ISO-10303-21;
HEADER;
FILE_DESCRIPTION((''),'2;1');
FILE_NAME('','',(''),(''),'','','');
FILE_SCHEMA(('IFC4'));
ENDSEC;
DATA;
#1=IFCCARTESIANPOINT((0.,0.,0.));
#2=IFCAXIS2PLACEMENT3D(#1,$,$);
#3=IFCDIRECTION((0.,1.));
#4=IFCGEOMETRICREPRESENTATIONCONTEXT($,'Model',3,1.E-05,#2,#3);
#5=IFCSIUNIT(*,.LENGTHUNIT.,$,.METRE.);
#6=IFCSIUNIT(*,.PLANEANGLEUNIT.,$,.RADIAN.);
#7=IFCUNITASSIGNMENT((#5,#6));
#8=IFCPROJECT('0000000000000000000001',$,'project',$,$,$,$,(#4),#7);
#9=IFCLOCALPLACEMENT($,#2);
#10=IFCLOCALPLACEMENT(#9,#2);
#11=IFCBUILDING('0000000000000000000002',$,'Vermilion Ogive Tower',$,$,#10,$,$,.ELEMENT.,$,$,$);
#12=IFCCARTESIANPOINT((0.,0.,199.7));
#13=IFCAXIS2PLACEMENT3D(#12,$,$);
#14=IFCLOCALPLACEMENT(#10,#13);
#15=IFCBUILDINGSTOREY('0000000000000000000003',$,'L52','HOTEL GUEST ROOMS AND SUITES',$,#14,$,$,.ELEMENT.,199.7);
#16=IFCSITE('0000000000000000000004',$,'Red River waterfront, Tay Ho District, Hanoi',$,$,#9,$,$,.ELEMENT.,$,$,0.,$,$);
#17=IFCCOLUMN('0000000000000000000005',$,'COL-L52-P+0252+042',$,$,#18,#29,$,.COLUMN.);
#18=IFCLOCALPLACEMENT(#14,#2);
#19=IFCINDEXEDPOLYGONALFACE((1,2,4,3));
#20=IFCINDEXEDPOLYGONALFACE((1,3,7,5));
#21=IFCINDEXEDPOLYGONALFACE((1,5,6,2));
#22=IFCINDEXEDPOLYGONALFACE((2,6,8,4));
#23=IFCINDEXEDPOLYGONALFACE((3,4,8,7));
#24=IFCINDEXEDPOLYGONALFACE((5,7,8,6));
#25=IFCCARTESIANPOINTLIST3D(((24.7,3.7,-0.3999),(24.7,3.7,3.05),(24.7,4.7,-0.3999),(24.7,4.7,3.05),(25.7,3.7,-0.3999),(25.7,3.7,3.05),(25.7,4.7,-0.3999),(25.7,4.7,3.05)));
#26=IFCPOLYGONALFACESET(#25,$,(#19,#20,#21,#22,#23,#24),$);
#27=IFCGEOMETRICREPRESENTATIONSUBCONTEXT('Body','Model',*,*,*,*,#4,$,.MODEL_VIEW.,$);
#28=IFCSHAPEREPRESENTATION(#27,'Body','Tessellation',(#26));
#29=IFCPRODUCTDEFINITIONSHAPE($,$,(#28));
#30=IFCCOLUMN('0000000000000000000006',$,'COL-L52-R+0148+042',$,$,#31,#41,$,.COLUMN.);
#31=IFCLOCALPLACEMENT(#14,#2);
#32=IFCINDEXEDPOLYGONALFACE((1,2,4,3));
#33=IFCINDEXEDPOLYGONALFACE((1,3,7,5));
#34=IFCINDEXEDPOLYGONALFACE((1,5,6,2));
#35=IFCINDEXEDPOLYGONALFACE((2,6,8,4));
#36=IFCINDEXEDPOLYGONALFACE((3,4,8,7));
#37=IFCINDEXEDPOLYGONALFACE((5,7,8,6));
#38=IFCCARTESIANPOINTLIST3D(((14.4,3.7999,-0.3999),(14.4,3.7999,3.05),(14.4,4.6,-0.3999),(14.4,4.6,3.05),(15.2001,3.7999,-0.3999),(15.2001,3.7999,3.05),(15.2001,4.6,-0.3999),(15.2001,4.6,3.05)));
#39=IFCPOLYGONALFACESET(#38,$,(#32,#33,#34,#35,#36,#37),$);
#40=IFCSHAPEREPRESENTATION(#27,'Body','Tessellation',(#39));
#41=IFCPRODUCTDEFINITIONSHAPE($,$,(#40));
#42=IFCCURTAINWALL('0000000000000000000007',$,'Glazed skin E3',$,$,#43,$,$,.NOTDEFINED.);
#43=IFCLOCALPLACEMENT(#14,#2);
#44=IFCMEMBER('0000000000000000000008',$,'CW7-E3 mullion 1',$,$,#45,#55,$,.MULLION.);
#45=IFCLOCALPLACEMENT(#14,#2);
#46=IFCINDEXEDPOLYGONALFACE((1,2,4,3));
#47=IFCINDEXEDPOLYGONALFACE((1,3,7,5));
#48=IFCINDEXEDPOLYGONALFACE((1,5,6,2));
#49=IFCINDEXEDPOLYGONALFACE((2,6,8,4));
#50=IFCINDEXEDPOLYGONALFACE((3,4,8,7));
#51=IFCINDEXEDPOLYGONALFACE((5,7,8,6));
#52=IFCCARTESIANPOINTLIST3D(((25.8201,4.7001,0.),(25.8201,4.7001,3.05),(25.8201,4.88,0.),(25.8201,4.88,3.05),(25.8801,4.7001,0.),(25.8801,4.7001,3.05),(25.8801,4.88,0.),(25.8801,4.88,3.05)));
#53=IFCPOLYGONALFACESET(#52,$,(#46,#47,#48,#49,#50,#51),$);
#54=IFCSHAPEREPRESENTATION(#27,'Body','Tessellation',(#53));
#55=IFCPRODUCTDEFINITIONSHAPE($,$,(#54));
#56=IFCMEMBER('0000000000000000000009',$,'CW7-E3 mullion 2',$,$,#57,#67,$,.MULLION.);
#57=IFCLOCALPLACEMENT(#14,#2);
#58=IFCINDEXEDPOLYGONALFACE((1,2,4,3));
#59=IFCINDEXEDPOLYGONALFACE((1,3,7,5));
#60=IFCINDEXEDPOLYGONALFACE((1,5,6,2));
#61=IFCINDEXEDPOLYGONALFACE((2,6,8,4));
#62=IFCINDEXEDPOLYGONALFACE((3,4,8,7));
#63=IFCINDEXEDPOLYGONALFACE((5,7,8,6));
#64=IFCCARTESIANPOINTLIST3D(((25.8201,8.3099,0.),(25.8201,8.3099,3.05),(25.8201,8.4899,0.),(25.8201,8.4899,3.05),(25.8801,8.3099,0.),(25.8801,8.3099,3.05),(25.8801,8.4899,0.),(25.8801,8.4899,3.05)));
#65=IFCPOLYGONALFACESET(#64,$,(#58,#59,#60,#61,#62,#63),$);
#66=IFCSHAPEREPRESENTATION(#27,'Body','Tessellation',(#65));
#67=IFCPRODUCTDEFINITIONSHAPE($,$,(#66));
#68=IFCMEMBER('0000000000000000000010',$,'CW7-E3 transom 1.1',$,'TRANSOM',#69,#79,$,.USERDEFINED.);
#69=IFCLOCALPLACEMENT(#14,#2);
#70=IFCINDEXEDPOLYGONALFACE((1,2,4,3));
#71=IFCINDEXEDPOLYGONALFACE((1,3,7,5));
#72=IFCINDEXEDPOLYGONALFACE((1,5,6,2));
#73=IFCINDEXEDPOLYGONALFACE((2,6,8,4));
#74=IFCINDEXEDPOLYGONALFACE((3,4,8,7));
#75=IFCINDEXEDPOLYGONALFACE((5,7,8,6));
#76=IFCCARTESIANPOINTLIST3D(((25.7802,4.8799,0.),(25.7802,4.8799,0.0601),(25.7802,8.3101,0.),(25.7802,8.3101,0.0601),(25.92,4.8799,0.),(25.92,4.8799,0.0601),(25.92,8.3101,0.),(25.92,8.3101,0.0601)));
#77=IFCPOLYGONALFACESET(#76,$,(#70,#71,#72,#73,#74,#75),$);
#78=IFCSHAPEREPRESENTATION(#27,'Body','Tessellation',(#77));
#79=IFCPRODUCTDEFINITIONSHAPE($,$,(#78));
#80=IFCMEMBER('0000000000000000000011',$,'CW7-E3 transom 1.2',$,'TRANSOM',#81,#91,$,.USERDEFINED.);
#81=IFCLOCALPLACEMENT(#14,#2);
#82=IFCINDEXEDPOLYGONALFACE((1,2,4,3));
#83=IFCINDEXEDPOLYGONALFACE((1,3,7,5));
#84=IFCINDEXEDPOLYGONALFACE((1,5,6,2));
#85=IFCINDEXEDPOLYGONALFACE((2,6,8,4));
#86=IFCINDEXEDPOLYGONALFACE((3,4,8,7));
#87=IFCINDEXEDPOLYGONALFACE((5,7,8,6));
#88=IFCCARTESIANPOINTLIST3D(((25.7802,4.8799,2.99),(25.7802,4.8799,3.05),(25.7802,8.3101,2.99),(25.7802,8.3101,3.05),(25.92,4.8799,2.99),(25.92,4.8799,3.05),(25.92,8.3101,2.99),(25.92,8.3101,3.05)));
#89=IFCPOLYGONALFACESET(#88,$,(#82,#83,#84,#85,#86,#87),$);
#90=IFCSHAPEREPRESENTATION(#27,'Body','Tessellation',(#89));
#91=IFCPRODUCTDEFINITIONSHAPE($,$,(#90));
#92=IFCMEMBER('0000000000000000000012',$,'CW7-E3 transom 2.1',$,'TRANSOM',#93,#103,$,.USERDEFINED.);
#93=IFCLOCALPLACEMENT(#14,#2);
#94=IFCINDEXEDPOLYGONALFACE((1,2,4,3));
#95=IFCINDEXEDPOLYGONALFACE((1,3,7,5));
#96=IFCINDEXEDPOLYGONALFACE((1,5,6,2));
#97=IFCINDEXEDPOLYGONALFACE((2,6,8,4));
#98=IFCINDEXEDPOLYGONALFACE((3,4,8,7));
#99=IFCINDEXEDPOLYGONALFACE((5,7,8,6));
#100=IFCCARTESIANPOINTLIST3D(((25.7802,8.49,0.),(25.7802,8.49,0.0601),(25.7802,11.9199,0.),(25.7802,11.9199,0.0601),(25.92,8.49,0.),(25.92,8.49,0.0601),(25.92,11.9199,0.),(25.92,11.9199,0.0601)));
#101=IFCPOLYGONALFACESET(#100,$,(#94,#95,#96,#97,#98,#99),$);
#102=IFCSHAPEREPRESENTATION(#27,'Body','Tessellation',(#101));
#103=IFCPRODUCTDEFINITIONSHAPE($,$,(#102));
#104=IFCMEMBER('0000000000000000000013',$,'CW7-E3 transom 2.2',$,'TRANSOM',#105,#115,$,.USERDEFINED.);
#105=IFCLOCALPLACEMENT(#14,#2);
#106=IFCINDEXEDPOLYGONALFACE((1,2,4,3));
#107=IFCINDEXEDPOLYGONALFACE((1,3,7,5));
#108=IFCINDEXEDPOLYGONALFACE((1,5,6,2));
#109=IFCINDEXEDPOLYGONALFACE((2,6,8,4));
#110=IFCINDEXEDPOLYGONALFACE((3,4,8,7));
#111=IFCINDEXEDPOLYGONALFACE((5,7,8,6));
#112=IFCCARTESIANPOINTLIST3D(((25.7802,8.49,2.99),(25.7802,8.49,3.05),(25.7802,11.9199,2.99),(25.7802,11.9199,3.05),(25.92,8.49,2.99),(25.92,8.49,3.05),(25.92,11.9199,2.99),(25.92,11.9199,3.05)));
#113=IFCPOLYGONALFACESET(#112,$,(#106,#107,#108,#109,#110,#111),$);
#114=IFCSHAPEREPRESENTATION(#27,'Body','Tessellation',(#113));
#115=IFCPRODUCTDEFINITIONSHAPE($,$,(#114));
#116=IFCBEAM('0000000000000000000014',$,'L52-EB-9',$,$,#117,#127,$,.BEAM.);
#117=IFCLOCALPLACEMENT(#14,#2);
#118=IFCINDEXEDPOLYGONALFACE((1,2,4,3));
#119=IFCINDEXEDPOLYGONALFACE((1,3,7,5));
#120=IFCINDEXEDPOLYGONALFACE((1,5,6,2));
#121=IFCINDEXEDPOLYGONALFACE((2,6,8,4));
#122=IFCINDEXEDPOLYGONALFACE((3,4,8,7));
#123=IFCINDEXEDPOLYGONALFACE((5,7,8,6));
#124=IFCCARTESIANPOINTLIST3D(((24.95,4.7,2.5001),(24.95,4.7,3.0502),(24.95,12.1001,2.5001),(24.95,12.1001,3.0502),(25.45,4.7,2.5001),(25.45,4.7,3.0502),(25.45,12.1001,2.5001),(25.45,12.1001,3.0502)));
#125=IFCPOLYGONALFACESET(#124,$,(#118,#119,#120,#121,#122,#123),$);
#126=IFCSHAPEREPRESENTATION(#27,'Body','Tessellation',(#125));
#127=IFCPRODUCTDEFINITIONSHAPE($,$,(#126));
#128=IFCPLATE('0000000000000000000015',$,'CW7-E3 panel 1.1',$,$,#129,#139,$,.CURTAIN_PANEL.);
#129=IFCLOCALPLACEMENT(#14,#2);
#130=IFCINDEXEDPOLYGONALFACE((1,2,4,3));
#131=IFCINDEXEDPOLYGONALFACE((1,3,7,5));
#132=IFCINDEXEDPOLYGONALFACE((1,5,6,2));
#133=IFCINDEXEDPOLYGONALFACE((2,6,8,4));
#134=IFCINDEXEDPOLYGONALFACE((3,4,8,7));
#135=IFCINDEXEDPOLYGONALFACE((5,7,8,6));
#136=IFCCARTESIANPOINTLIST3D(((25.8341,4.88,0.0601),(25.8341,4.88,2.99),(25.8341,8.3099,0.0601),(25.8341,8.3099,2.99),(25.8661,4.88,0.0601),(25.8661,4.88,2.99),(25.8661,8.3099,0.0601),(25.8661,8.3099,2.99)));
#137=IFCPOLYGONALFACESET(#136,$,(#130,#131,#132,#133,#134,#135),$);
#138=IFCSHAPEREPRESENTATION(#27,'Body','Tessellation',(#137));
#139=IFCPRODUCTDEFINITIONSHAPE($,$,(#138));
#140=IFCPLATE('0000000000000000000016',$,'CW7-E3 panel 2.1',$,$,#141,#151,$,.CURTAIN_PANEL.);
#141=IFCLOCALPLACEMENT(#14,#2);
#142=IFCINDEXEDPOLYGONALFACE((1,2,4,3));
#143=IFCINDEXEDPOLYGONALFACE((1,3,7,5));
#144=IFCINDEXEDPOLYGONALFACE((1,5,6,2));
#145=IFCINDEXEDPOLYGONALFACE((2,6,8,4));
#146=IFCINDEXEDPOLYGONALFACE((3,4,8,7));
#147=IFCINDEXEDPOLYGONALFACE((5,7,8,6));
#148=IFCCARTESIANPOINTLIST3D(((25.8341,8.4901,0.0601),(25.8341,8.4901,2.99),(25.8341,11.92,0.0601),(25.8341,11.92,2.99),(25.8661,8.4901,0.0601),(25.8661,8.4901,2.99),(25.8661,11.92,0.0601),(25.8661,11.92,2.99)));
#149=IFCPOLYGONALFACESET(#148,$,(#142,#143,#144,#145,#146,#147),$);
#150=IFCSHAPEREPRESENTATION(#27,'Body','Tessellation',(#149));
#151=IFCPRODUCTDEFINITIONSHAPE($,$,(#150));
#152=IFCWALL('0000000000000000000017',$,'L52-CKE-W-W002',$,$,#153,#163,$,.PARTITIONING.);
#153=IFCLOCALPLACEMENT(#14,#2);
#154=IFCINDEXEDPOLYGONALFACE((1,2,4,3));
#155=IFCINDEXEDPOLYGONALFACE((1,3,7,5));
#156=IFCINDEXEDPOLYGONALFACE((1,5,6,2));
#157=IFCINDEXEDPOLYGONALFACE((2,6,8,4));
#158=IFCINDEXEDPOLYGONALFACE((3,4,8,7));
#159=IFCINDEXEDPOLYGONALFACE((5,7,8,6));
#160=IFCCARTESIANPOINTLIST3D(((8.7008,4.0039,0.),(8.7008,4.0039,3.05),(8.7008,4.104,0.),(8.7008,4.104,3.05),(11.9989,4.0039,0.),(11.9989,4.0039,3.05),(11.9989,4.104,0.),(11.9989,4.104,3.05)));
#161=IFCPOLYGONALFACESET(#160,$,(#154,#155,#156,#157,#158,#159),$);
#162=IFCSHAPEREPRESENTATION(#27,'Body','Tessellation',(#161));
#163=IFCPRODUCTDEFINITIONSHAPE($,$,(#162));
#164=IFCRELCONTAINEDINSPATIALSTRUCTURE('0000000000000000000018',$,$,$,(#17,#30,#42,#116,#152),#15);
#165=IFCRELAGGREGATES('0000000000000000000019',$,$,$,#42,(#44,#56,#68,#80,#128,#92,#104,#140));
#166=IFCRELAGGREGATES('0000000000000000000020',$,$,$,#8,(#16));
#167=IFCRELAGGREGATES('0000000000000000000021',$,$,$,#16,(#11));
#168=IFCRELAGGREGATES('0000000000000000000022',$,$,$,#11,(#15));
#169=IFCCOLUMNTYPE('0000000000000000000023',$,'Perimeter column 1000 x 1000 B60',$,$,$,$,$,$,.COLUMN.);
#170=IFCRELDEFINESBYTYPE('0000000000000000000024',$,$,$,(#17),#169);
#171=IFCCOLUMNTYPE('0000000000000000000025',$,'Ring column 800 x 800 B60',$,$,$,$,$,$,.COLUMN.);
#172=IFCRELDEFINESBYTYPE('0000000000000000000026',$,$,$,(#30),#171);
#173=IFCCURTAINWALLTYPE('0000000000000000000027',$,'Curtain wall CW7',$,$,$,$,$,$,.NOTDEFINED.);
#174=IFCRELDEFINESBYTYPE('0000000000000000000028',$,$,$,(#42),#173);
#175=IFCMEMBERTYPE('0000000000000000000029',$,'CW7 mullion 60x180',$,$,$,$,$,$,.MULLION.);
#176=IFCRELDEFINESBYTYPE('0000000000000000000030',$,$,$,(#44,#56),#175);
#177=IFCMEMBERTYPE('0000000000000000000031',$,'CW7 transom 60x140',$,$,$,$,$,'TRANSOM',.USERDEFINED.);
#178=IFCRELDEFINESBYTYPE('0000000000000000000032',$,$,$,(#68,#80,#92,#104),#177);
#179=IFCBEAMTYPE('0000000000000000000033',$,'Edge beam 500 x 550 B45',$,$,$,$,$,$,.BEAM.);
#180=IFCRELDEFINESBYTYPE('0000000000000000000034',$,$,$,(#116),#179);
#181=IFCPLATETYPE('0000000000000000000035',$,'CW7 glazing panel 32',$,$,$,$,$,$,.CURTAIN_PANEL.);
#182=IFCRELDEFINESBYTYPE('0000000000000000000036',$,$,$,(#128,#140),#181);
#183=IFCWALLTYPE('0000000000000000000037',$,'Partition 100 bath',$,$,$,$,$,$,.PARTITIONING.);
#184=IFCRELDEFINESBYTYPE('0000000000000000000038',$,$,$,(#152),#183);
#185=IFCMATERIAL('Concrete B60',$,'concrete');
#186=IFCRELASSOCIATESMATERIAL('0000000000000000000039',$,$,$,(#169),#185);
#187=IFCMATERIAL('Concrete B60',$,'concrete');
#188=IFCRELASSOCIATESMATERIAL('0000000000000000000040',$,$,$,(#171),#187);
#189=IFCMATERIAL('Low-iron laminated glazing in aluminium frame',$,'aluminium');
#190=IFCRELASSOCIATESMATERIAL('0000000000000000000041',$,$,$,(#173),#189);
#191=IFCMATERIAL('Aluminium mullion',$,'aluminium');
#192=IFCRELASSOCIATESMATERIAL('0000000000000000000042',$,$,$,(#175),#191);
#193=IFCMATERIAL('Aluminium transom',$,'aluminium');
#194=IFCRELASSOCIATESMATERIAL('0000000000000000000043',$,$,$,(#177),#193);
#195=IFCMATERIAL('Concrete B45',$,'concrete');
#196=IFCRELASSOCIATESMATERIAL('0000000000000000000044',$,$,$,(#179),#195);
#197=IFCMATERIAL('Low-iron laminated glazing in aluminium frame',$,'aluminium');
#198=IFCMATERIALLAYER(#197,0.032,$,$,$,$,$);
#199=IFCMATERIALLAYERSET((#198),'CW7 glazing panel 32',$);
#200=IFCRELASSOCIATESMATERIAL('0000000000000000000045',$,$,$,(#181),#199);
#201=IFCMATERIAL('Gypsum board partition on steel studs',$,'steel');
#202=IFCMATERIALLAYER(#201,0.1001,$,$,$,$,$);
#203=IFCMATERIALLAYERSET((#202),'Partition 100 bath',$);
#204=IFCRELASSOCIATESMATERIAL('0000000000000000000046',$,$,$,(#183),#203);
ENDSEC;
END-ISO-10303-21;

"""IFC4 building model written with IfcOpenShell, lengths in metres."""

from ifc_helpers import new_model, si_unit, direction, frame, frame_2d, origin, origin_2d, place, context, subcontext, project, spatial, rectangle, extrude, material, layer, layer_set, material_profile, profile_set, type_object, element, aggregate, save


model = new_model("IFC4")

# Units and contexts
model_context = context("Model", 3, precision=1e-05, world=origin(), true_north=direction((0.0, 1.0)))
body_context = subcontext(model_context, "Body", "Model", "MODEL_VIEW")
ifc_project = project(units=[si_unit("LENGTHUNIT", "METRE"), si_unit("PLANEANGLEUNIT", "RADIAN")], contexts=[model_context])

# Site, building, storey
site_placement = place(None, origin())
site = spatial("IfcSite", under=ifc_project, at=site_placement, Name="Red River waterfront, Tay Ho District, Hanoi", CompositionType="ELEMENT", RefElevation=0.0)
building_placement = place(site_placement, origin())
building = spatial("IfcBuilding", under=site, at=building_placement, Name="Vermilion Ogive Tower", CompositionType="ELEMENT")
storey_placement = place(building_placement, frame((0.0, 0.0, 199.7)))
storey = spatial("IfcBuildingStorey", under=building, at=storey_placement, Name="L52", Description="HOTEL GUEST ROOMS AND SUITES", CompositionType="ELEMENT", Elevation=199.7)

# Columns
ifc_material_1 = material(Name="Concrete B60", Category="concrete")
ifc_material_profile_1 = material_profile(ifc_material_1, rectangle(XDim=1.0, YDim=1.0, at=origin_2d()), Name="1000 x 1000")
ifc_profile_set_1 = profile_set([ifc_material_profile_1], Name="Concrete B60")
column_type_1 = type_object("IfcColumnType", Name="Perimeter column 1000 x 1000 B60", PredefinedType="COLUMN", material=ifc_profile_set_1)
column_1_placement = place(storey_placement, frame((25.2, 4.2, -0.3999), z_axis=(0.0, 0.0, 1.0), x_axis=(1.0, 0.0, 0.0)))
element("IfcColumn", 1, at=column_1_placement, inside=storey, type_object=column_type_1, Name="COL-L52-P+0252+042", PredefinedType="COLUMN", context=body_context, shape_type="SweptSolid", body=[
    extrude(rectangle(XDim=1.0, YDim=1.0, at=origin_2d()), origin(), (0.0, 0.0, 1.0), 3.45),
])
ifc_material_2 = material(Name="Concrete B60", Category="concrete")
ifc_material_profile_2 = material_profile(ifc_material_2, rectangle(XDim=0.8, YDim=0.8, at=origin_2d()), Name="800 x 800")
ifc_profile_set_2 = profile_set([ifc_material_profile_2], Name="Concrete B60")
column_type_2 = type_object("IfcColumnType", Name="Ring column 800 x 800 B60", PredefinedType="COLUMN", material=ifc_profile_set_2)
column_2_placement = place(storey_placement, frame((14.8, 4.2, -0.3999), z_axis=(0.0, 0.0, 1.0), x_axis=(1.0, 0.0, 0.0)))
element("IfcColumn", 2, at=column_2_placement, inside=storey, type_object=column_type_2, Name="COL-L52-R+0148+042", PredefinedType="COLUMN", context=body_context, shape_type="SweptSolid", body=[
    extrude(rectangle(XDim=0.8, YDim=0.8, at=origin_2d()), origin(), (0.0, 0.0, 1.0), 3.45),
])

# Curtain wall, members
ifc_material_3 = material(Name="Low-iron laminated glazing in aluminium frame", Category="aluminium")
curtain_wall_type = type_object("IfcCurtainWallType", Name="Curtain wall CW7", PredefinedType="NOTDEFINED", material=ifc_material_3)
curtain_wall_placement = place(storey_placement, origin())
curtain_wall = element("IfcCurtainWall", 3, at=curtain_wall_placement, inside=storey, type_object=curtain_wall_type, Name="Glazed skin E3", PredefinedType="NOTDEFINED")
ifc_material_4 = material(Name="Aluminium mullion", Category="aluminium")
ifc_material_profile_3 = material_profile(ifc_material_4, rectangle(XDim=0.0601, YDim=0.1799, at=origin_2d()), Name="AL 60x180")
ifc_profile_set_3 = profile_set([ifc_material_profile_3], Name="Aluminium mullion")
member_type_1 = type_object("IfcMemberType", Name="CW7 mullion 60x180", PredefinedType="MULLION", material=ifc_profile_set_3)
member_1_placement = place(storey_placement, frame((25.8501, 4.79, 0.0), z_axis=(0.0, 0.0, 1.0), x_axis=(-1.0, 0.0, 0.0)))
member_1 = element("IfcMember", 4, at=member_1_placement, type_object=member_type_1, Name="CW7-E3 mullion 1", PredefinedType="MULLION", context=body_context, shape_type="SweptSolid", body=[
    extrude(rectangle(XDim=0.0601, YDim=0.1799, at=origin_2d()), origin(), (0.0, 0.0, 1.0), 3.05),
])
member_2_placement = place(storey_placement, frame((25.8501, 8.3999, 0.0), z_axis=(0.0, 0.0, 1.0), x_axis=(-1.0, 0.0, 0.0)))
member_2 = element("IfcMember", 5, at=member_2_placement, type_object=member_type_1, Name="CW7-E3 mullion 2", PredefinedType="MULLION", context=body_context, shape_type="SweptSolid", body=[
    extrude(rectangle(XDim=0.0601, YDim=0.1799, at=origin_2d()), origin(), (0.0, 0.0, 1.0), 3.05),
])
ifc_material_5 = material(Name="Aluminium transom", Category="aluminium")
ifc_material_profile_4 = material_profile(ifc_material_5, rectangle(XDim=0.1399, YDim=0.0601, at=origin_2d()), Name="AL 60x140")
ifc_profile_set_4 = profile_set([ifc_material_profile_4], Name="Aluminium transom")
member_type_2 = type_object("IfcMemberType", Name="CW7 transom 60x140", ElementType="TRANSOM", PredefinedType="USERDEFINED", material=ifc_profile_set_4)
member_3_placement = place(storey_placement, frame((25.8501, 4.8799, 0.03), z_axis=(0.0, 1.0, 0.0), x_axis=(-1.0, 0.0, 0.0)))
member_3 = element("IfcMember", 6, at=member_3_placement, type_object=member_type_2, Name="CW7-E3 transom 1.1", ObjectType="TRANSOM", PredefinedType="USERDEFINED", context=body_context, shape_type="SweptSolid", body=[
    extrude(rectangle(XDim=0.1399, YDim=0.0601, at=origin_2d()), origin(), (0.0, 0.0, 1.0), 3.4302),
])
member_4_placement = place(storey_placement, frame((25.8501, 4.8799, 3.02), z_axis=(0.0, 1.0, 0.0), x_axis=(-1.0, 0.0, 0.0)))
member_4 = element("IfcMember", 7, at=member_4_placement, type_object=member_type_2, Name="CW7-E3 transom 1.2", ObjectType="TRANSOM", PredefinedType="USERDEFINED", context=body_context, shape_type="SweptSolid", body=[
    extrude(rectangle(XDim=0.1399, YDim=0.0601, at=origin_2d()), origin(), (0.0, 0.0, 1.0), 3.4302),
])
member_5_placement = place(storey_placement, frame((25.8501, 8.49, 0.03), z_axis=(0.0, 1.0, 0.0), x_axis=(-1.0, 0.0, 0.0)))
member_5 = element("IfcMember", 8, at=member_5_placement, type_object=member_type_2, Name="CW7-E3 transom 2.1", ObjectType="TRANSOM", PredefinedType="USERDEFINED", context=body_context, shape_type="SweptSolid", body=[
    extrude(rectangle(XDim=0.1399, YDim=0.0601, at=origin_2d()), origin(), (0.0, 0.0, 1.0), 3.4299),
])
member_6_placement = place(storey_placement, frame((25.8501, 8.49, 3.02), z_axis=(0.0, 1.0, 0.0), x_axis=(-1.0, 0.0, 0.0)))
member_6 = element("IfcMember", 9, at=member_6_placement, type_object=member_type_2, Name="CW7-E3 transom 2.2", ObjectType="TRANSOM", PredefinedType="USERDEFINED", context=body_context, shape_type="SweptSolid", body=[
    extrude(rectangle(XDim=0.1399, YDim=0.0601, at=origin_2d()), origin(), (0.0, 0.0, 1.0), 3.4299),
])

# Beam
ifc_material_6 = material(Name="Concrete B45", Category="concrete")
ifc_material_profile_5 = material_profile(ifc_material_6, rectangle(XDim=0.5, YDim=0.55, at=origin_2d()), Name="500 x 550")
ifc_profile_set_5 = profile_set([ifc_material_profile_5], Name="Concrete B45")
beam_type = type_object("IfcBeamType", Name="Edge beam 500 x 550 B45", PredefinedType="BEAM", material=ifc_profile_set_5)
beam_placement = place(storey_placement, frame((25.2, 4.7, 2.7751), z_axis=(0.0, 1.0, 0.0), x_axis=(-1.0, 0.0, 0.0)))
element("IfcBeam", 10, at=beam_placement, inside=storey, type_object=beam_type, Name="L52-EB-9", PredefinedType="BEAM", context=body_context, shape_type="SweptSolid", body=[
    extrude(rectangle(XDim=0.5, YDim=0.55, at=origin_2d()), origin(), (0.0, 0.0, 1.0), 7.4001),
])

# Plates
ifc_material_7 = material(Name="Low-iron laminated glazing in aluminium frame", Category="aluminium")
ifc_layer_1 = layer(ifc_material_7, 0.032)
ifc_layer_set_1 = layer_set([ifc_layer_1], Name="CW7 glazing panel 32")
plate_type = type_object("IfcPlateType", Name="CW7 glazing panel 32", PredefinedType="CURTAIN_PANEL", material=ifc_layer_set_1)
plate_1_placement = place(storey_placement, frame((25.8501, 6.595, 0.0601), z_axis=(0.0, 0.0, 1.0), x_axis=(0.0, 1.0, 0.0)))
plate_1 = element("IfcPlate", 11, at=plate_1_placement, type_object=plate_type, Name="CW7-E3 panel 1.1", PredefinedType="CURTAIN_PANEL", context=body_context, shape_type="SweptSolid", body=[
    extrude(rectangle(XDim=3.4299, YDim=0.032, at=origin_2d()), origin(), (0.0, 0.0, 1.0), 2.9299),
])
plate_2_placement = place(storey_placement, frame((25.8501, 10.2051, 0.0601), z_axis=(0.0, 0.0, 1.0), x_axis=(0.0, 1.0, 0.0)))
plate_2 = element("IfcPlate", 12, at=plate_2_placement, type_object=plate_type, Name="CW7-E3 panel 2.1", PredefinedType="CURTAIN_PANEL", context=body_context, shape_type="SweptSolid", body=[
    extrude(rectangle(XDim=3.4299, YDim=0.032, at=origin_2d()), origin(), (0.0, 0.0, 1.0), 2.9299),
])
aggregate(curtain_wall, [member_1, member_2, member_3, member_4, plate_1, member_5, member_6, plate_2])

# Wall
ifc_material_8 = material(Name="Gypsum board partition on steel studs", Category="steel")
ifc_layer_2 = layer(ifc_material_8, 0.1001)
ifc_layer_set_2 = layer_set([ifc_layer_2], Name="Partition 100 bath")
wall_type_1 = type_object("IfcWallType", Name="Partition 100 bath", PredefinedType="PARTITIONING", material=ifc_layer_set_2)
wall_1_placement = place(storey_placement, frame((8.7009, 4.054, 0.0), z_axis=(0.0, 0.0, 1.0), x_axis=(1.0, 0.0, 0.0)))
element("IfcWall", 13, at=wall_1_placement, inside=storey, type_object=wall_type_1, Name="L52-CKE-W-W002", PredefinedType="PARTITIONING", context=body_context, shape_type="SweptSolid", body=[
    extrude(rectangle(XDim=3.2981, YDim=0.1001, at=frame_2d((1.6489, 0.0))), origin(), (0.0, 0.0, 1.0), 3.05),
])

save(model, "model.ifc")
